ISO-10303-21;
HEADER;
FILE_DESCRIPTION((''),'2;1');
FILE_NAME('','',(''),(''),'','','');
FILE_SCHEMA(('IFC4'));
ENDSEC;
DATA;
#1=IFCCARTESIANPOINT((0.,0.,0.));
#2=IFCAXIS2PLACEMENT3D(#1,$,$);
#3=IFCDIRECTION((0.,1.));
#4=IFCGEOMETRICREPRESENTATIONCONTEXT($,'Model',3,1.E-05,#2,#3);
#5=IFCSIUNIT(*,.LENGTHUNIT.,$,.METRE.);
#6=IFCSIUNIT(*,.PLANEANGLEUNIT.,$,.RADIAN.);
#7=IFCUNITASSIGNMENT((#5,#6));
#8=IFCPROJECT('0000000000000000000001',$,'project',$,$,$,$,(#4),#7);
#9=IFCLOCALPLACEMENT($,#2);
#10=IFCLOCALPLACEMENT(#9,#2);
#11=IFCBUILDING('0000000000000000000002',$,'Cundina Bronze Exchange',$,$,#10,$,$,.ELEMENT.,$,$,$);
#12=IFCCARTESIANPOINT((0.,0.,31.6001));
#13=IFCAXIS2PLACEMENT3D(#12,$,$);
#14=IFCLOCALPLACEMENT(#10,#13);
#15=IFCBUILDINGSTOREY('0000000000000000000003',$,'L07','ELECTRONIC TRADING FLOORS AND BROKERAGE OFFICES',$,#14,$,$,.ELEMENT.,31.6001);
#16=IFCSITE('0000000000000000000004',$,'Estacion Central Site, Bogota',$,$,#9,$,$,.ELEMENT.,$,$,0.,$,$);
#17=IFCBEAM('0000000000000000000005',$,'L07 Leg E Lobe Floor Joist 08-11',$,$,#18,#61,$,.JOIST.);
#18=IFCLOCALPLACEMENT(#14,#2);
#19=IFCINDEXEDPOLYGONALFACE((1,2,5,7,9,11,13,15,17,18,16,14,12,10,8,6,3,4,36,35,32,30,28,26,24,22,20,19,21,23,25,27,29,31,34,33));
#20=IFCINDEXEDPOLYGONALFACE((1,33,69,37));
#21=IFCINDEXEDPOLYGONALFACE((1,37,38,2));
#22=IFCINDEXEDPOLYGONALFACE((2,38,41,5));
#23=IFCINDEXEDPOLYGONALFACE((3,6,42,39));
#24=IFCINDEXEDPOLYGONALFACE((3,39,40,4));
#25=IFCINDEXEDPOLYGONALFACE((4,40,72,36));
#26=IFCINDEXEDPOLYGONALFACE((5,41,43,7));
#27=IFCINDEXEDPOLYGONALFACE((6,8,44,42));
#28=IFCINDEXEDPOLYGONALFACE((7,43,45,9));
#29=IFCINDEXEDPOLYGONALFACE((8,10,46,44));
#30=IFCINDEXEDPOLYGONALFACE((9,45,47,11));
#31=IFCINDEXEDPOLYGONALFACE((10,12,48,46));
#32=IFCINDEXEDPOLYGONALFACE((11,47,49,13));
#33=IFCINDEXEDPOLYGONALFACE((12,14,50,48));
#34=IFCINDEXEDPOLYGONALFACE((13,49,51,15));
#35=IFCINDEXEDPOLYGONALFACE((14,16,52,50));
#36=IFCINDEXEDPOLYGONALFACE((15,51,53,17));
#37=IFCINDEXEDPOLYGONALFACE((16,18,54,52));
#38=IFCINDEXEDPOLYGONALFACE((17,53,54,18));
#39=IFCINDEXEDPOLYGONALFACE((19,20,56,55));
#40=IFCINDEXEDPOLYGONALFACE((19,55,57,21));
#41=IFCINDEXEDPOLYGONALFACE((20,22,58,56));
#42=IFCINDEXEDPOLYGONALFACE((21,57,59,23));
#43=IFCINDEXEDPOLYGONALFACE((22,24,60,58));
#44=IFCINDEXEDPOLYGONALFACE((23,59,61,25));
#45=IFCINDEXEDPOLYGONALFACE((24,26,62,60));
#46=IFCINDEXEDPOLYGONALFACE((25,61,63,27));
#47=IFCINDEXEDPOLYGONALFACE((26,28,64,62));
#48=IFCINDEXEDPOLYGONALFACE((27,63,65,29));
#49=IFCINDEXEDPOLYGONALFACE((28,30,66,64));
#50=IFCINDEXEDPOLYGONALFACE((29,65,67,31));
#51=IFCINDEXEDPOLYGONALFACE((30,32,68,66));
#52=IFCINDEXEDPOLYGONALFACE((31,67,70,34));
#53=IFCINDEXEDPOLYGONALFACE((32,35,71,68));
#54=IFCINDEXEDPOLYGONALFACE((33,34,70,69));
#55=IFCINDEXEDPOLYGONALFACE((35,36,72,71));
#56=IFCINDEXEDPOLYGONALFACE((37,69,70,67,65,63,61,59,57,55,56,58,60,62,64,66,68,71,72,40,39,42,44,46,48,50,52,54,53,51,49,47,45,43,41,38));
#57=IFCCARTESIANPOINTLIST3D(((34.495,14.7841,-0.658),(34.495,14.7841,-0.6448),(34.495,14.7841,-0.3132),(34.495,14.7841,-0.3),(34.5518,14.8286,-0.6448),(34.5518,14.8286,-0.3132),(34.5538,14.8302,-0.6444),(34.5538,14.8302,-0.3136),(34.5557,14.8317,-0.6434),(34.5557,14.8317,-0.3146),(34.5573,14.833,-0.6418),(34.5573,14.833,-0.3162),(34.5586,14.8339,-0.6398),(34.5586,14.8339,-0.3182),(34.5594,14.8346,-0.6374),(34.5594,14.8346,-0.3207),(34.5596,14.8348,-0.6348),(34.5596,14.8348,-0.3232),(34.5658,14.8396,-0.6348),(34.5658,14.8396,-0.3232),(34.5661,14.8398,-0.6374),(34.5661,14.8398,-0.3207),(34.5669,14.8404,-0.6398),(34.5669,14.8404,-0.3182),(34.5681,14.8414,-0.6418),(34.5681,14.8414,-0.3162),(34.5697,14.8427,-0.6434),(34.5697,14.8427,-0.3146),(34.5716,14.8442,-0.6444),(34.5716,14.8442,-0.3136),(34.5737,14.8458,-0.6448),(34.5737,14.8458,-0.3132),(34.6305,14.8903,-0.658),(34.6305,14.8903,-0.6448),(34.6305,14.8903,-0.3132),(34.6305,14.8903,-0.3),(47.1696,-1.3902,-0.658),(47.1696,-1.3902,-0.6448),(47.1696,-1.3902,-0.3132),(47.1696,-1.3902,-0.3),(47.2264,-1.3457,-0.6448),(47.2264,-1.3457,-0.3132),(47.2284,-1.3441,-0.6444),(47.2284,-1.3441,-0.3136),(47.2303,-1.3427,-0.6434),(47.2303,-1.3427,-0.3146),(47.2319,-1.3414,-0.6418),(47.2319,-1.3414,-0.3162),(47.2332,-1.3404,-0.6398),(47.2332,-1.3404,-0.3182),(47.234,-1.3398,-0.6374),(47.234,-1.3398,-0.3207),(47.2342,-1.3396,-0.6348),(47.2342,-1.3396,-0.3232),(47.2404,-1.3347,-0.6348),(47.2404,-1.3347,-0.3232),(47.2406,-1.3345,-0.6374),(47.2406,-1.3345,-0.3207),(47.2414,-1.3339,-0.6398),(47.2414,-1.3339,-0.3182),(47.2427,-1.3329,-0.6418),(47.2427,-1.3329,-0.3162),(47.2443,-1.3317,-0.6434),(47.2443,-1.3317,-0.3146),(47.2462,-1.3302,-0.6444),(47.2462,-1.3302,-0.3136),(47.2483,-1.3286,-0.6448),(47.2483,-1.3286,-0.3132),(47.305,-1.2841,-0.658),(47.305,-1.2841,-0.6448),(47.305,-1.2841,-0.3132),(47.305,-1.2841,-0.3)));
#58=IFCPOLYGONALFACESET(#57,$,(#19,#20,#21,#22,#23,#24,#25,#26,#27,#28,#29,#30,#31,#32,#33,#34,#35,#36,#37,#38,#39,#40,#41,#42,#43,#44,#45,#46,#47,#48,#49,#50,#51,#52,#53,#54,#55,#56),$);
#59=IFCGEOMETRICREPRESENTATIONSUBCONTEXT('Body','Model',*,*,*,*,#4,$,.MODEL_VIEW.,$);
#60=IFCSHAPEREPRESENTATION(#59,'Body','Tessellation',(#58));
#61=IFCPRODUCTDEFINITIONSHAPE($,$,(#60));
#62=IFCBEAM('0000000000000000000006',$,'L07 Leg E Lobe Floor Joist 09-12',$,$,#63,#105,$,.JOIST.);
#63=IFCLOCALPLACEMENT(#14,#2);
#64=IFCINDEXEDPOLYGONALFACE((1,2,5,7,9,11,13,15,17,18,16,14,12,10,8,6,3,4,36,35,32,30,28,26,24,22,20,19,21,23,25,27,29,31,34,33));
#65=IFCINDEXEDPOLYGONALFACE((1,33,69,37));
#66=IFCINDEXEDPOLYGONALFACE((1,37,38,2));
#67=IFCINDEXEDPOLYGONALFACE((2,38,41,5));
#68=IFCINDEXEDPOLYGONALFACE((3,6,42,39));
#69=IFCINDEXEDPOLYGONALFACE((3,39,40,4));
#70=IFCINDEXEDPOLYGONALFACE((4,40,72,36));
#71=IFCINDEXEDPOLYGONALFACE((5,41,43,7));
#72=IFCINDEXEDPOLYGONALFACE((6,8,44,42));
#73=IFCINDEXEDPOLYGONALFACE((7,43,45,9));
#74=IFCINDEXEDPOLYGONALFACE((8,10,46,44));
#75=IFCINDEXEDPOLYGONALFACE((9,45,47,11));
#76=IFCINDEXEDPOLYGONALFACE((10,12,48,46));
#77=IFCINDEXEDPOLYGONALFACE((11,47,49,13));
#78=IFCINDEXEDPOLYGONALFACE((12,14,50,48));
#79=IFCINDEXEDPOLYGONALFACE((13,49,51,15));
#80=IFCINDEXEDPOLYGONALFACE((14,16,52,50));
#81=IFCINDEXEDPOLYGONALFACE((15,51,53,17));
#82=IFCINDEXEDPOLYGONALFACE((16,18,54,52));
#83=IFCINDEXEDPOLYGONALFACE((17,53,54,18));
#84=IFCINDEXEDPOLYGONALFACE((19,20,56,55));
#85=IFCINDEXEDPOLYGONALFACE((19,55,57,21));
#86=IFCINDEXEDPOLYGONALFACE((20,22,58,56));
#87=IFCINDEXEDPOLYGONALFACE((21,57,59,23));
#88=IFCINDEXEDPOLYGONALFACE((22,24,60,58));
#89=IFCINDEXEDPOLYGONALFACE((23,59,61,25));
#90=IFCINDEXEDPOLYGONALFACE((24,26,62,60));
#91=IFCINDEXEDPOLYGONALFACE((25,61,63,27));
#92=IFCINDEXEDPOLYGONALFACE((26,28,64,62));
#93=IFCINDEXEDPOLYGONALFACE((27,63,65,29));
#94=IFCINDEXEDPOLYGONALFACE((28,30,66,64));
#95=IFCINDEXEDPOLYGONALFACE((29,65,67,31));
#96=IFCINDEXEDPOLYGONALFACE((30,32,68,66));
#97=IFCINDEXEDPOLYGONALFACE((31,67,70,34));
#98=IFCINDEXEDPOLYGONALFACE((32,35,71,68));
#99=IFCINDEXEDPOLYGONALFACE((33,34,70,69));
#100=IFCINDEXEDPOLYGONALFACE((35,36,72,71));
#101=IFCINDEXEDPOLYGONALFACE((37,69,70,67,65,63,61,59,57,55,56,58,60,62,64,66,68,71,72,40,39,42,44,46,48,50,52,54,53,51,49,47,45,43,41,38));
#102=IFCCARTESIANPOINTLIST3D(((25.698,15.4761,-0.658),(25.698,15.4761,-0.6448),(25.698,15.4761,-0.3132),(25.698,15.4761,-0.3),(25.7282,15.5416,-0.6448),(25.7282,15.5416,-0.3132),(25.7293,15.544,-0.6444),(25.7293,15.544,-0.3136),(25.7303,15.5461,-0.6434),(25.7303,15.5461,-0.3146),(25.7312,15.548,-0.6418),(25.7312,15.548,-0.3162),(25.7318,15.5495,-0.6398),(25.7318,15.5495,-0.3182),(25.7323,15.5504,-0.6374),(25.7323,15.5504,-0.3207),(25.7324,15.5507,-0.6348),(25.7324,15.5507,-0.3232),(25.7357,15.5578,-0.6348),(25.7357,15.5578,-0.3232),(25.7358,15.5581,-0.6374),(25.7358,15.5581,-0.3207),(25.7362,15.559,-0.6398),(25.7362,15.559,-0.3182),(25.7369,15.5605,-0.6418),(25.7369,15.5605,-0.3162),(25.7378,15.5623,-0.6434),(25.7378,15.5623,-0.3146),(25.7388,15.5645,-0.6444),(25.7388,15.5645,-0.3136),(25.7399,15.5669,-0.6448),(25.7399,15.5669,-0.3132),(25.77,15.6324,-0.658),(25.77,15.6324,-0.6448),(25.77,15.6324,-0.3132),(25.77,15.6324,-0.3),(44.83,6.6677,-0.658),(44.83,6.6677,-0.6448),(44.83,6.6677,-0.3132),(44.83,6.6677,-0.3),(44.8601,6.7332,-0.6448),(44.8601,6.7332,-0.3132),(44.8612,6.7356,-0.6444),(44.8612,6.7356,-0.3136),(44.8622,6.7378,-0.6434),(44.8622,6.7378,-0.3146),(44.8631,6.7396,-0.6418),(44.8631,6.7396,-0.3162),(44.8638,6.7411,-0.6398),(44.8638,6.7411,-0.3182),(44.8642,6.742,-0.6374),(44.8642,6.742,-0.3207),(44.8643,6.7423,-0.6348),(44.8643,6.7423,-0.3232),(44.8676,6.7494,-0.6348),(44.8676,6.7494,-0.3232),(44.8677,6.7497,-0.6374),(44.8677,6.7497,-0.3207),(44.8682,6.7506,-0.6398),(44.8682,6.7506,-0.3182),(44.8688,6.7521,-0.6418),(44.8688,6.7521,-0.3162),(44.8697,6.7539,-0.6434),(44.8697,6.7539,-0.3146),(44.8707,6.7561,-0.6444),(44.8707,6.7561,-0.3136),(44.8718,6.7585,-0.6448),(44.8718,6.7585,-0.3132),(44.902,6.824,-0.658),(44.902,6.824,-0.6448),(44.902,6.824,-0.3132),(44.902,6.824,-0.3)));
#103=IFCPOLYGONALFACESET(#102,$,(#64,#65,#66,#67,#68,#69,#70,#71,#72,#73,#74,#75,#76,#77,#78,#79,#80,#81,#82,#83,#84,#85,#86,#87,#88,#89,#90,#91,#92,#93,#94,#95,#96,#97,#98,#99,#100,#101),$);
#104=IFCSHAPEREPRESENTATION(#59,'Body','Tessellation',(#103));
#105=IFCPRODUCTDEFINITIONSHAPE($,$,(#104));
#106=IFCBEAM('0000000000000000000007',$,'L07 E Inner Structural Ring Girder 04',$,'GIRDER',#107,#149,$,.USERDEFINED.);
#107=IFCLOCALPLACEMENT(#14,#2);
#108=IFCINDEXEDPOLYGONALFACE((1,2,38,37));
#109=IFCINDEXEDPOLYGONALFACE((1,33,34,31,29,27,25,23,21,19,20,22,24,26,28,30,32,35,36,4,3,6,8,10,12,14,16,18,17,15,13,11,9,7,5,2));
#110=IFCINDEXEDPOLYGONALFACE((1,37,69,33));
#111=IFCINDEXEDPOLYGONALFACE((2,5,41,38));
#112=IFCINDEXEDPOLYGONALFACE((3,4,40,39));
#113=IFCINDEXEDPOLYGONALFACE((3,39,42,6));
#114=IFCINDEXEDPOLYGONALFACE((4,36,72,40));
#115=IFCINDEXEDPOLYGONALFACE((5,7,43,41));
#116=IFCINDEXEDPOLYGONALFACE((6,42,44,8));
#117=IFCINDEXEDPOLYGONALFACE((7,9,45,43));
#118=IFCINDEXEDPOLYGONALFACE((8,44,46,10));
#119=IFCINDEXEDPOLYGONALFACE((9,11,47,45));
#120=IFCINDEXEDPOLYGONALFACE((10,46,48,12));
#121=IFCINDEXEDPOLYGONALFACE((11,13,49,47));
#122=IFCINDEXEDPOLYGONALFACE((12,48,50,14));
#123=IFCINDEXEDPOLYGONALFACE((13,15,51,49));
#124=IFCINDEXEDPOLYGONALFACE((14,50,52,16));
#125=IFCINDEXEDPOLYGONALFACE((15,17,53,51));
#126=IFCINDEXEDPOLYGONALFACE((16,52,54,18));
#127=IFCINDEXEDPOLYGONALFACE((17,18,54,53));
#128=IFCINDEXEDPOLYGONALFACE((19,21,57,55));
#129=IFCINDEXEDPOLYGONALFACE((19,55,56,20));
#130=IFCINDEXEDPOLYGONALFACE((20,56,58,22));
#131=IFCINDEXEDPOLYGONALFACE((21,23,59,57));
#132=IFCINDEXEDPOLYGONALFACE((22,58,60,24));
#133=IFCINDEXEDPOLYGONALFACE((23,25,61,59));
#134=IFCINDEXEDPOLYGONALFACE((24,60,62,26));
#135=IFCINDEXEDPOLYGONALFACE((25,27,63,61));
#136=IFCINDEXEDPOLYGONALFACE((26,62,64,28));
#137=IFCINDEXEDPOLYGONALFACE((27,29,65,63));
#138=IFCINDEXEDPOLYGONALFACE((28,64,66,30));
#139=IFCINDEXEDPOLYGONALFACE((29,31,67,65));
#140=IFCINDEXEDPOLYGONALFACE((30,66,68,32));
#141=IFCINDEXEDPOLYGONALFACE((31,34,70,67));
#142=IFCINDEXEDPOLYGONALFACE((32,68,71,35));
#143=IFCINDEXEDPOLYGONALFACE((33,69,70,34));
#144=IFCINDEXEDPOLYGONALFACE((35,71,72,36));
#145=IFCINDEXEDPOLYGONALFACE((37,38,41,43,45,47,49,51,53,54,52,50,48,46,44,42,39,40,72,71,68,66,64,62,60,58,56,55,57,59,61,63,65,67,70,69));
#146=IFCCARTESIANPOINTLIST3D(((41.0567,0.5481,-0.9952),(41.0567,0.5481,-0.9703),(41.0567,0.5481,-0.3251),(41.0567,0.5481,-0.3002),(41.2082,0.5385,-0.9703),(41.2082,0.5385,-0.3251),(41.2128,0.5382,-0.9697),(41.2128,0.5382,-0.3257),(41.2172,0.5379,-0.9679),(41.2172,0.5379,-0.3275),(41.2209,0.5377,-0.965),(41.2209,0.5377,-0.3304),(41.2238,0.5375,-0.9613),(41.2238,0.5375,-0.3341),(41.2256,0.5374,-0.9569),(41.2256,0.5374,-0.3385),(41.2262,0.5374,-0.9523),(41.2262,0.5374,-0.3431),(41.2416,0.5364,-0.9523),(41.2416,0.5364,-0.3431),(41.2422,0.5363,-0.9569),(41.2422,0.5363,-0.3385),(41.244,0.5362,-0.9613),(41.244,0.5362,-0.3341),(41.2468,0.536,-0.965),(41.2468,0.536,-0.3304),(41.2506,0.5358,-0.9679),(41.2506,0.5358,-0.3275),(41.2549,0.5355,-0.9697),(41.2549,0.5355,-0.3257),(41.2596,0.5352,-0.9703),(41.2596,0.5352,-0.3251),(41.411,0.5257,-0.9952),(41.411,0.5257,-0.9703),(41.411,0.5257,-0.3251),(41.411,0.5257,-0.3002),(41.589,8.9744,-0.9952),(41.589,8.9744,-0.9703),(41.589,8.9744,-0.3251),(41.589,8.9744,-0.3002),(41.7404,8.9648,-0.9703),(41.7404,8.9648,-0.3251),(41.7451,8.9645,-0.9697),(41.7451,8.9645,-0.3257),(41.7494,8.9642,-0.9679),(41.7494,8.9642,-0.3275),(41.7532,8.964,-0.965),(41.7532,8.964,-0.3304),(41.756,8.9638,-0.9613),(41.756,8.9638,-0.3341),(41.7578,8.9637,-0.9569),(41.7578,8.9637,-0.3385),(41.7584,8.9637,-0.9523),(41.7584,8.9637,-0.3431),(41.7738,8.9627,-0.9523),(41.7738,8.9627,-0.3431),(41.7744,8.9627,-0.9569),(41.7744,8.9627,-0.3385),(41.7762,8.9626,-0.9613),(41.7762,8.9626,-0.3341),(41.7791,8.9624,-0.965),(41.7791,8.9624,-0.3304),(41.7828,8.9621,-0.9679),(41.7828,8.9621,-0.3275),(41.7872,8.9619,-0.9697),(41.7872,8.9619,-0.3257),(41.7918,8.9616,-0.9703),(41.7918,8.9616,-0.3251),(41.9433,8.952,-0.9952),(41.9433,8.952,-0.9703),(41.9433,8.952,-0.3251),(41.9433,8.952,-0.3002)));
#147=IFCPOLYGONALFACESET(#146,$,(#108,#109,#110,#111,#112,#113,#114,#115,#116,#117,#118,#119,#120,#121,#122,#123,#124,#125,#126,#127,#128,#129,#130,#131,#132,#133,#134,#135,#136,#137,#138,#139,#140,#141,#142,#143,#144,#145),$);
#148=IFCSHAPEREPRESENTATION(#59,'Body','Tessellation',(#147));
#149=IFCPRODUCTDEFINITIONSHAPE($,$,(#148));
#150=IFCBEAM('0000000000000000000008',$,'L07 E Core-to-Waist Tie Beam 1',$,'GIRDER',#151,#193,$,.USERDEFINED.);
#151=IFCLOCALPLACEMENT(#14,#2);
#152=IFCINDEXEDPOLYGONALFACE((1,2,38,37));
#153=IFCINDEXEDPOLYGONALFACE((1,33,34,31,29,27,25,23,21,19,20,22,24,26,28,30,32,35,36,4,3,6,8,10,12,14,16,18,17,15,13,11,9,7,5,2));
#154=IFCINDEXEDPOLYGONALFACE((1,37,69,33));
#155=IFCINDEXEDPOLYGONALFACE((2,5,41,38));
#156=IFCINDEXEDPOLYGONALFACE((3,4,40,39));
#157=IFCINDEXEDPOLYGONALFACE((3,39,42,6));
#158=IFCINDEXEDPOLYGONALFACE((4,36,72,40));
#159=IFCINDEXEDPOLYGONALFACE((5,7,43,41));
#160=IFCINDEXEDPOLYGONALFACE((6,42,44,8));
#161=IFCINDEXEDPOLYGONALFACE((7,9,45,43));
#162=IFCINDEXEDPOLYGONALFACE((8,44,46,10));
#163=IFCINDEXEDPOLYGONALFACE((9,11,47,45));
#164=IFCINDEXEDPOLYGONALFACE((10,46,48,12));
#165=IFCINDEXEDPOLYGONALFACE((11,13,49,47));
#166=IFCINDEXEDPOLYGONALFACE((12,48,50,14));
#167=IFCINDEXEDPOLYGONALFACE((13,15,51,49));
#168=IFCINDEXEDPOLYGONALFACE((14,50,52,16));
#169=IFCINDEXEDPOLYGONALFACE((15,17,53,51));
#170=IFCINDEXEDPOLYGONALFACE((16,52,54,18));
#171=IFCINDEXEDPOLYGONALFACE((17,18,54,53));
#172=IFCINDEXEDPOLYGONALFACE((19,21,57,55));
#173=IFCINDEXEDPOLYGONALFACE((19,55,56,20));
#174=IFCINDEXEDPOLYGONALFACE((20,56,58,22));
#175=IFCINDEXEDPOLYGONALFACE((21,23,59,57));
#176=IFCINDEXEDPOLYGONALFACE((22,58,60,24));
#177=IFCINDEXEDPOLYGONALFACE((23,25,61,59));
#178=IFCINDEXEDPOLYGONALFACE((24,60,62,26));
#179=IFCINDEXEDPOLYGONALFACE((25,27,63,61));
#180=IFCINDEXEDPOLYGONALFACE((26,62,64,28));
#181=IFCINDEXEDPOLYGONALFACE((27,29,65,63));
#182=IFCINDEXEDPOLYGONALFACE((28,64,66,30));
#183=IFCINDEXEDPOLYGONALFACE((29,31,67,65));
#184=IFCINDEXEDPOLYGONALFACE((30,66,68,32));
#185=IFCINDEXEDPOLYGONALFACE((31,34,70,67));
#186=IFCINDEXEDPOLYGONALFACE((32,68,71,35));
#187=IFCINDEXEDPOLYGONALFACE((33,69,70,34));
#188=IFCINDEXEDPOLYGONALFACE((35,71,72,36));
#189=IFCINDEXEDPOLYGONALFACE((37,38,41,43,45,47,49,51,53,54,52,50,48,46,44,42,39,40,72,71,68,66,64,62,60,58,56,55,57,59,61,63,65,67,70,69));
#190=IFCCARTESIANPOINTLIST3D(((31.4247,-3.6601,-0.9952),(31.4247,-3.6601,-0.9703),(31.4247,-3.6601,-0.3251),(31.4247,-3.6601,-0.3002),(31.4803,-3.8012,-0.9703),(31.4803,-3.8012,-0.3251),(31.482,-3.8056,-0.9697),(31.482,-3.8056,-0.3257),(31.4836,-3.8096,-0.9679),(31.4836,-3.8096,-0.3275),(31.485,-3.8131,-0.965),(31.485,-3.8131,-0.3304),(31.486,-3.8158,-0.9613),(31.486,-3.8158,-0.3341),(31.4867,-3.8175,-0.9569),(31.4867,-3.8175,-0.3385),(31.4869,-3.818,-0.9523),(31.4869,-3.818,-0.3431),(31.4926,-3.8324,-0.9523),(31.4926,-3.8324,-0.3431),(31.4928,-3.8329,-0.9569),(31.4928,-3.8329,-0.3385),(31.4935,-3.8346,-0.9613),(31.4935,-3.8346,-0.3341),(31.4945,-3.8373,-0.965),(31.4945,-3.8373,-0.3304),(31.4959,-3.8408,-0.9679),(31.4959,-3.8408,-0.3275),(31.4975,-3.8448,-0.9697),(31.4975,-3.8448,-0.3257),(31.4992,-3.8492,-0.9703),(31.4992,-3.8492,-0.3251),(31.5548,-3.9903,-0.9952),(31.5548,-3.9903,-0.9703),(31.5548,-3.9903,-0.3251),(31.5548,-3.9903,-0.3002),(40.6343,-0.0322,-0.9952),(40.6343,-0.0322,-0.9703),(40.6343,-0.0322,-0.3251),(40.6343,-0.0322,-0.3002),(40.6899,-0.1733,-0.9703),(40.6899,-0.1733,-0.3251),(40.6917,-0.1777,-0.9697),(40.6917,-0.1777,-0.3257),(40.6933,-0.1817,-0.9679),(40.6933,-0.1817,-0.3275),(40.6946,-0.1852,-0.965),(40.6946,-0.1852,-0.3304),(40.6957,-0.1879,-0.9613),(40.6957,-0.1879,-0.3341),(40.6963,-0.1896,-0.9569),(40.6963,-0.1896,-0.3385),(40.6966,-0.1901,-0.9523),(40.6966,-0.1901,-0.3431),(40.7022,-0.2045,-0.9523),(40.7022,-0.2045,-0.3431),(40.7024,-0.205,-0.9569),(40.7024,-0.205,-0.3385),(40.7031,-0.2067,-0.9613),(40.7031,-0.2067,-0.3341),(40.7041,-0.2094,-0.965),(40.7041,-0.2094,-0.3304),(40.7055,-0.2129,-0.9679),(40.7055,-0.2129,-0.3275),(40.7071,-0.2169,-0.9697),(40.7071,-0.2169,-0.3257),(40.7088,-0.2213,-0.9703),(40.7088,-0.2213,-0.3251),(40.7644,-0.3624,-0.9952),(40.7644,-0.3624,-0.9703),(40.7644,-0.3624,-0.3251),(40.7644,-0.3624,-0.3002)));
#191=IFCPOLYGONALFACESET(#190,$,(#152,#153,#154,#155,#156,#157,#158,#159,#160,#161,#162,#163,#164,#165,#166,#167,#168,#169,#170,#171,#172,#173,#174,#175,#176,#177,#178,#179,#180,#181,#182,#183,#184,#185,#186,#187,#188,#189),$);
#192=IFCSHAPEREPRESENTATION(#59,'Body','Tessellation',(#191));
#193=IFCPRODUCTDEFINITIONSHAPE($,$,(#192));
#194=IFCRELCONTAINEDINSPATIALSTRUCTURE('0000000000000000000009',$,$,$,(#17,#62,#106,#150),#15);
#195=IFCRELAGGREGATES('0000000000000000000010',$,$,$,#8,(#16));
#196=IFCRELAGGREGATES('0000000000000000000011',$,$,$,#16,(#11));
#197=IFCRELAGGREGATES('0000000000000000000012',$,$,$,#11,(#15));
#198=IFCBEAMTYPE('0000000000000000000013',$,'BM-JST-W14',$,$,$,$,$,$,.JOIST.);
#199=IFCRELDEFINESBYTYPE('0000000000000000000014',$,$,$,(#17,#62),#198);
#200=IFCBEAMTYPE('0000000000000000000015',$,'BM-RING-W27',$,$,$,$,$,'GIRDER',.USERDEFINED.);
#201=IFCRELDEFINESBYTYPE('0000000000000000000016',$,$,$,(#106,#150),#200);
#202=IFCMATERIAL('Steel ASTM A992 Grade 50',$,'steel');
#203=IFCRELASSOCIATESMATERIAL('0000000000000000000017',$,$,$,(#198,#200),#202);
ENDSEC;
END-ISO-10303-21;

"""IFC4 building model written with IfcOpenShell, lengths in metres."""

from ifc_helpers import new_model, si_unit, direction, frame, origin, origin_2d, place, context, subcontext, project, spatial, i_section, extrude, material, material_profile, profile_set, type_object, element, save


model = new_model("IFC4")

# Units and contexts
model_context = context("Model", 3, precision=1e-05, world=origin(), true_north=direction((0.0, 1.0)))
body_context = subcontext(model_context, "Body", "Model", "MODEL_VIEW")
ifc_project = project(units=[si_unit("LENGTHUNIT", "METRE"), si_unit("PLANEANGLEUNIT", "RADIAN")], contexts=[model_context])

# Site, building, storey
site_placement = place(None, origin())
site = spatial("IfcSite", under=ifc_project, at=site_placement, Name="Estacion Central Site, Bogota", CompositionType="ELEMENT", RefElevation=0.0)
building_placement = place(site_placement, origin())
building = spatial("IfcBuilding", under=site, at=building_placement, Name="Cundina Bronze Exchange", CompositionType="ELEMENT")
storey_placement = place(building_placement, frame((0.0, 0.0, 31.6001)))
storey = spatial("IfcBuildingStorey", under=building, at=storey_placement, Name="L07", Description="ELECTRONIC TRADING FLOORS AND BROKERAGE OFFICES", CompositionType="ELEMENT", Elevation=31.6001)

# Shared definitions
ifc_material_1 = material(Name="Steel ASTM A992 Grade 50", Category="steel")

# Beams
ifc_material_profile_1 = material_profile(ifc_material_1, i_section(OverallWidth=0.1721, OverallDepth=0.3579, WebThickness=0.0078, FlangeThickness=0.0132, FilletRadius=0.01, at=origin_2d()), Name="W14X38", Category="steel")
ifc_profile_set_1 = profile_set([ifc_material_profile_1], Name="Steel ASTM A992 Grade 50")
beam_type_1 = type_object("IfcBeamType", Name="BM-JST-W14", PredefinedType="JOIST", material=ifc_profile_set_1)
beam_1_placement = place(storey_placement, frame((47.2373, -1.3372, -0.479), z_axis=(-0.616803, 0.787117, 0.0), x_axis=(-0.787117, -0.616803, 0.0)))
element("IfcBeam", 1, at=beam_1_placement, inside=storey, type_object=beam_type_1, Name="L07 Leg E Lobe Floor Joist 08-11", PredefinedType="JOIST", context=body_context, shape_type="SweptSolid", body=[
    extrude(i_section(OverallWidth=0.1721, OverallDepth=0.3579, WebThickness=0.0078, FlangeThickness=0.0132, FilletRadius=0.01, at=origin_2d()), origin(), (0.0, 0.0, 1.0), 20.5488),
])
beam_2_placement = place(storey_placement, frame((44.866, 6.7458, -0.479), z_axis=(-0.908352, 0.418208, 0.0), x_axis=(-0.418208, -0.908352, 0.0)))
element("IfcBeam", 2, at=beam_2_placement, inside=storey, type_object=beam_type_1, Name="L07 Leg E Lobe Floor Joist 09-12", PredefinedType="JOIST", context=body_context, shape_type="SweptSolid", body=[
    extrude(i_section(OverallWidth=0.1721, OverallDepth=0.3579, WebThickness=0.0078, FlangeThickness=0.0132, FilletRadius=0.01, at=origin_2d()), origin(), (0.0, 0.0, 1.0), 21.0623),
])
ifc_material_profile_2 = material_profile(ifc_material_1, i_section(OverallWidth=0.355, OverallDepth=0.6951, WebThickness=0.0154, FlangeThickness=0.0249, FilletRadius=0.0181, at=origin_2d()), Name="W27X146", Category="steel")
ifc_profile_set_2 = profile_set([ifc_material_profile_2], Name="Steel ASTM A992 Grade 50")
beam_type_2 = type_object("IfcBeamType", Name="BM-RING-W27", ElementType="GIRDER", PredefinedType="USERDEFINED", material=ifc_profile_set_2)
beam_3_placement = place(storey_placement, frame((41.2339, 0.5369, -0.6477), z_axis=(0.063037, 0.998011, 0.0), x_axis=(-0.998011, 0.063037, 0.0)))
element("IfcBeam", 3, at=beam_3_placement, inside=storey, type_object=beam_type_2, Name="L07 E Inner Structural Ring Girder 04", ObjectType="GIRDER", PredefinedType="USERDEFINED", context=body_context, shape_type="SweptSolid", body=[
    extrude(i_section(OverallWidth=0.355, OverallDepth=0.6951, WebThickness=0.0154, FlangeThickness=0.0249, FilletRadius=0.0181, at=origin_2d()), origin(), (0.0, 0.0, 1.0), 8.4431),
])
beam_4_placement = place(storey_placement, frame((31.4897, -3.8252, -0.6477), z_axis=(0.930413, 0.366512, 0.0), x_axis=(-0.366512, 0.930413, 0.0)))
element("IfcBeam", 4, at=beam_4_placement, inside=storey, type_object=beam_type_2, Name="L07 E Core-to-Waist Tie Beam 1", ObjectType="GIRDER", PredefinedType="USERDEFINED", context=body_context, shape_type="SweptSolid", body=[
    extrude(i_section(OverallWidth=0.355, OverallDepth=0.6951, WebThickness=0.0154, FlangeThickness=0.0249, FilletRadius=0.0181, at=origin_2d()), origin(), (0.0, 0.0, 1.0), 9.8984),
])

save(model, "model.ifc")
